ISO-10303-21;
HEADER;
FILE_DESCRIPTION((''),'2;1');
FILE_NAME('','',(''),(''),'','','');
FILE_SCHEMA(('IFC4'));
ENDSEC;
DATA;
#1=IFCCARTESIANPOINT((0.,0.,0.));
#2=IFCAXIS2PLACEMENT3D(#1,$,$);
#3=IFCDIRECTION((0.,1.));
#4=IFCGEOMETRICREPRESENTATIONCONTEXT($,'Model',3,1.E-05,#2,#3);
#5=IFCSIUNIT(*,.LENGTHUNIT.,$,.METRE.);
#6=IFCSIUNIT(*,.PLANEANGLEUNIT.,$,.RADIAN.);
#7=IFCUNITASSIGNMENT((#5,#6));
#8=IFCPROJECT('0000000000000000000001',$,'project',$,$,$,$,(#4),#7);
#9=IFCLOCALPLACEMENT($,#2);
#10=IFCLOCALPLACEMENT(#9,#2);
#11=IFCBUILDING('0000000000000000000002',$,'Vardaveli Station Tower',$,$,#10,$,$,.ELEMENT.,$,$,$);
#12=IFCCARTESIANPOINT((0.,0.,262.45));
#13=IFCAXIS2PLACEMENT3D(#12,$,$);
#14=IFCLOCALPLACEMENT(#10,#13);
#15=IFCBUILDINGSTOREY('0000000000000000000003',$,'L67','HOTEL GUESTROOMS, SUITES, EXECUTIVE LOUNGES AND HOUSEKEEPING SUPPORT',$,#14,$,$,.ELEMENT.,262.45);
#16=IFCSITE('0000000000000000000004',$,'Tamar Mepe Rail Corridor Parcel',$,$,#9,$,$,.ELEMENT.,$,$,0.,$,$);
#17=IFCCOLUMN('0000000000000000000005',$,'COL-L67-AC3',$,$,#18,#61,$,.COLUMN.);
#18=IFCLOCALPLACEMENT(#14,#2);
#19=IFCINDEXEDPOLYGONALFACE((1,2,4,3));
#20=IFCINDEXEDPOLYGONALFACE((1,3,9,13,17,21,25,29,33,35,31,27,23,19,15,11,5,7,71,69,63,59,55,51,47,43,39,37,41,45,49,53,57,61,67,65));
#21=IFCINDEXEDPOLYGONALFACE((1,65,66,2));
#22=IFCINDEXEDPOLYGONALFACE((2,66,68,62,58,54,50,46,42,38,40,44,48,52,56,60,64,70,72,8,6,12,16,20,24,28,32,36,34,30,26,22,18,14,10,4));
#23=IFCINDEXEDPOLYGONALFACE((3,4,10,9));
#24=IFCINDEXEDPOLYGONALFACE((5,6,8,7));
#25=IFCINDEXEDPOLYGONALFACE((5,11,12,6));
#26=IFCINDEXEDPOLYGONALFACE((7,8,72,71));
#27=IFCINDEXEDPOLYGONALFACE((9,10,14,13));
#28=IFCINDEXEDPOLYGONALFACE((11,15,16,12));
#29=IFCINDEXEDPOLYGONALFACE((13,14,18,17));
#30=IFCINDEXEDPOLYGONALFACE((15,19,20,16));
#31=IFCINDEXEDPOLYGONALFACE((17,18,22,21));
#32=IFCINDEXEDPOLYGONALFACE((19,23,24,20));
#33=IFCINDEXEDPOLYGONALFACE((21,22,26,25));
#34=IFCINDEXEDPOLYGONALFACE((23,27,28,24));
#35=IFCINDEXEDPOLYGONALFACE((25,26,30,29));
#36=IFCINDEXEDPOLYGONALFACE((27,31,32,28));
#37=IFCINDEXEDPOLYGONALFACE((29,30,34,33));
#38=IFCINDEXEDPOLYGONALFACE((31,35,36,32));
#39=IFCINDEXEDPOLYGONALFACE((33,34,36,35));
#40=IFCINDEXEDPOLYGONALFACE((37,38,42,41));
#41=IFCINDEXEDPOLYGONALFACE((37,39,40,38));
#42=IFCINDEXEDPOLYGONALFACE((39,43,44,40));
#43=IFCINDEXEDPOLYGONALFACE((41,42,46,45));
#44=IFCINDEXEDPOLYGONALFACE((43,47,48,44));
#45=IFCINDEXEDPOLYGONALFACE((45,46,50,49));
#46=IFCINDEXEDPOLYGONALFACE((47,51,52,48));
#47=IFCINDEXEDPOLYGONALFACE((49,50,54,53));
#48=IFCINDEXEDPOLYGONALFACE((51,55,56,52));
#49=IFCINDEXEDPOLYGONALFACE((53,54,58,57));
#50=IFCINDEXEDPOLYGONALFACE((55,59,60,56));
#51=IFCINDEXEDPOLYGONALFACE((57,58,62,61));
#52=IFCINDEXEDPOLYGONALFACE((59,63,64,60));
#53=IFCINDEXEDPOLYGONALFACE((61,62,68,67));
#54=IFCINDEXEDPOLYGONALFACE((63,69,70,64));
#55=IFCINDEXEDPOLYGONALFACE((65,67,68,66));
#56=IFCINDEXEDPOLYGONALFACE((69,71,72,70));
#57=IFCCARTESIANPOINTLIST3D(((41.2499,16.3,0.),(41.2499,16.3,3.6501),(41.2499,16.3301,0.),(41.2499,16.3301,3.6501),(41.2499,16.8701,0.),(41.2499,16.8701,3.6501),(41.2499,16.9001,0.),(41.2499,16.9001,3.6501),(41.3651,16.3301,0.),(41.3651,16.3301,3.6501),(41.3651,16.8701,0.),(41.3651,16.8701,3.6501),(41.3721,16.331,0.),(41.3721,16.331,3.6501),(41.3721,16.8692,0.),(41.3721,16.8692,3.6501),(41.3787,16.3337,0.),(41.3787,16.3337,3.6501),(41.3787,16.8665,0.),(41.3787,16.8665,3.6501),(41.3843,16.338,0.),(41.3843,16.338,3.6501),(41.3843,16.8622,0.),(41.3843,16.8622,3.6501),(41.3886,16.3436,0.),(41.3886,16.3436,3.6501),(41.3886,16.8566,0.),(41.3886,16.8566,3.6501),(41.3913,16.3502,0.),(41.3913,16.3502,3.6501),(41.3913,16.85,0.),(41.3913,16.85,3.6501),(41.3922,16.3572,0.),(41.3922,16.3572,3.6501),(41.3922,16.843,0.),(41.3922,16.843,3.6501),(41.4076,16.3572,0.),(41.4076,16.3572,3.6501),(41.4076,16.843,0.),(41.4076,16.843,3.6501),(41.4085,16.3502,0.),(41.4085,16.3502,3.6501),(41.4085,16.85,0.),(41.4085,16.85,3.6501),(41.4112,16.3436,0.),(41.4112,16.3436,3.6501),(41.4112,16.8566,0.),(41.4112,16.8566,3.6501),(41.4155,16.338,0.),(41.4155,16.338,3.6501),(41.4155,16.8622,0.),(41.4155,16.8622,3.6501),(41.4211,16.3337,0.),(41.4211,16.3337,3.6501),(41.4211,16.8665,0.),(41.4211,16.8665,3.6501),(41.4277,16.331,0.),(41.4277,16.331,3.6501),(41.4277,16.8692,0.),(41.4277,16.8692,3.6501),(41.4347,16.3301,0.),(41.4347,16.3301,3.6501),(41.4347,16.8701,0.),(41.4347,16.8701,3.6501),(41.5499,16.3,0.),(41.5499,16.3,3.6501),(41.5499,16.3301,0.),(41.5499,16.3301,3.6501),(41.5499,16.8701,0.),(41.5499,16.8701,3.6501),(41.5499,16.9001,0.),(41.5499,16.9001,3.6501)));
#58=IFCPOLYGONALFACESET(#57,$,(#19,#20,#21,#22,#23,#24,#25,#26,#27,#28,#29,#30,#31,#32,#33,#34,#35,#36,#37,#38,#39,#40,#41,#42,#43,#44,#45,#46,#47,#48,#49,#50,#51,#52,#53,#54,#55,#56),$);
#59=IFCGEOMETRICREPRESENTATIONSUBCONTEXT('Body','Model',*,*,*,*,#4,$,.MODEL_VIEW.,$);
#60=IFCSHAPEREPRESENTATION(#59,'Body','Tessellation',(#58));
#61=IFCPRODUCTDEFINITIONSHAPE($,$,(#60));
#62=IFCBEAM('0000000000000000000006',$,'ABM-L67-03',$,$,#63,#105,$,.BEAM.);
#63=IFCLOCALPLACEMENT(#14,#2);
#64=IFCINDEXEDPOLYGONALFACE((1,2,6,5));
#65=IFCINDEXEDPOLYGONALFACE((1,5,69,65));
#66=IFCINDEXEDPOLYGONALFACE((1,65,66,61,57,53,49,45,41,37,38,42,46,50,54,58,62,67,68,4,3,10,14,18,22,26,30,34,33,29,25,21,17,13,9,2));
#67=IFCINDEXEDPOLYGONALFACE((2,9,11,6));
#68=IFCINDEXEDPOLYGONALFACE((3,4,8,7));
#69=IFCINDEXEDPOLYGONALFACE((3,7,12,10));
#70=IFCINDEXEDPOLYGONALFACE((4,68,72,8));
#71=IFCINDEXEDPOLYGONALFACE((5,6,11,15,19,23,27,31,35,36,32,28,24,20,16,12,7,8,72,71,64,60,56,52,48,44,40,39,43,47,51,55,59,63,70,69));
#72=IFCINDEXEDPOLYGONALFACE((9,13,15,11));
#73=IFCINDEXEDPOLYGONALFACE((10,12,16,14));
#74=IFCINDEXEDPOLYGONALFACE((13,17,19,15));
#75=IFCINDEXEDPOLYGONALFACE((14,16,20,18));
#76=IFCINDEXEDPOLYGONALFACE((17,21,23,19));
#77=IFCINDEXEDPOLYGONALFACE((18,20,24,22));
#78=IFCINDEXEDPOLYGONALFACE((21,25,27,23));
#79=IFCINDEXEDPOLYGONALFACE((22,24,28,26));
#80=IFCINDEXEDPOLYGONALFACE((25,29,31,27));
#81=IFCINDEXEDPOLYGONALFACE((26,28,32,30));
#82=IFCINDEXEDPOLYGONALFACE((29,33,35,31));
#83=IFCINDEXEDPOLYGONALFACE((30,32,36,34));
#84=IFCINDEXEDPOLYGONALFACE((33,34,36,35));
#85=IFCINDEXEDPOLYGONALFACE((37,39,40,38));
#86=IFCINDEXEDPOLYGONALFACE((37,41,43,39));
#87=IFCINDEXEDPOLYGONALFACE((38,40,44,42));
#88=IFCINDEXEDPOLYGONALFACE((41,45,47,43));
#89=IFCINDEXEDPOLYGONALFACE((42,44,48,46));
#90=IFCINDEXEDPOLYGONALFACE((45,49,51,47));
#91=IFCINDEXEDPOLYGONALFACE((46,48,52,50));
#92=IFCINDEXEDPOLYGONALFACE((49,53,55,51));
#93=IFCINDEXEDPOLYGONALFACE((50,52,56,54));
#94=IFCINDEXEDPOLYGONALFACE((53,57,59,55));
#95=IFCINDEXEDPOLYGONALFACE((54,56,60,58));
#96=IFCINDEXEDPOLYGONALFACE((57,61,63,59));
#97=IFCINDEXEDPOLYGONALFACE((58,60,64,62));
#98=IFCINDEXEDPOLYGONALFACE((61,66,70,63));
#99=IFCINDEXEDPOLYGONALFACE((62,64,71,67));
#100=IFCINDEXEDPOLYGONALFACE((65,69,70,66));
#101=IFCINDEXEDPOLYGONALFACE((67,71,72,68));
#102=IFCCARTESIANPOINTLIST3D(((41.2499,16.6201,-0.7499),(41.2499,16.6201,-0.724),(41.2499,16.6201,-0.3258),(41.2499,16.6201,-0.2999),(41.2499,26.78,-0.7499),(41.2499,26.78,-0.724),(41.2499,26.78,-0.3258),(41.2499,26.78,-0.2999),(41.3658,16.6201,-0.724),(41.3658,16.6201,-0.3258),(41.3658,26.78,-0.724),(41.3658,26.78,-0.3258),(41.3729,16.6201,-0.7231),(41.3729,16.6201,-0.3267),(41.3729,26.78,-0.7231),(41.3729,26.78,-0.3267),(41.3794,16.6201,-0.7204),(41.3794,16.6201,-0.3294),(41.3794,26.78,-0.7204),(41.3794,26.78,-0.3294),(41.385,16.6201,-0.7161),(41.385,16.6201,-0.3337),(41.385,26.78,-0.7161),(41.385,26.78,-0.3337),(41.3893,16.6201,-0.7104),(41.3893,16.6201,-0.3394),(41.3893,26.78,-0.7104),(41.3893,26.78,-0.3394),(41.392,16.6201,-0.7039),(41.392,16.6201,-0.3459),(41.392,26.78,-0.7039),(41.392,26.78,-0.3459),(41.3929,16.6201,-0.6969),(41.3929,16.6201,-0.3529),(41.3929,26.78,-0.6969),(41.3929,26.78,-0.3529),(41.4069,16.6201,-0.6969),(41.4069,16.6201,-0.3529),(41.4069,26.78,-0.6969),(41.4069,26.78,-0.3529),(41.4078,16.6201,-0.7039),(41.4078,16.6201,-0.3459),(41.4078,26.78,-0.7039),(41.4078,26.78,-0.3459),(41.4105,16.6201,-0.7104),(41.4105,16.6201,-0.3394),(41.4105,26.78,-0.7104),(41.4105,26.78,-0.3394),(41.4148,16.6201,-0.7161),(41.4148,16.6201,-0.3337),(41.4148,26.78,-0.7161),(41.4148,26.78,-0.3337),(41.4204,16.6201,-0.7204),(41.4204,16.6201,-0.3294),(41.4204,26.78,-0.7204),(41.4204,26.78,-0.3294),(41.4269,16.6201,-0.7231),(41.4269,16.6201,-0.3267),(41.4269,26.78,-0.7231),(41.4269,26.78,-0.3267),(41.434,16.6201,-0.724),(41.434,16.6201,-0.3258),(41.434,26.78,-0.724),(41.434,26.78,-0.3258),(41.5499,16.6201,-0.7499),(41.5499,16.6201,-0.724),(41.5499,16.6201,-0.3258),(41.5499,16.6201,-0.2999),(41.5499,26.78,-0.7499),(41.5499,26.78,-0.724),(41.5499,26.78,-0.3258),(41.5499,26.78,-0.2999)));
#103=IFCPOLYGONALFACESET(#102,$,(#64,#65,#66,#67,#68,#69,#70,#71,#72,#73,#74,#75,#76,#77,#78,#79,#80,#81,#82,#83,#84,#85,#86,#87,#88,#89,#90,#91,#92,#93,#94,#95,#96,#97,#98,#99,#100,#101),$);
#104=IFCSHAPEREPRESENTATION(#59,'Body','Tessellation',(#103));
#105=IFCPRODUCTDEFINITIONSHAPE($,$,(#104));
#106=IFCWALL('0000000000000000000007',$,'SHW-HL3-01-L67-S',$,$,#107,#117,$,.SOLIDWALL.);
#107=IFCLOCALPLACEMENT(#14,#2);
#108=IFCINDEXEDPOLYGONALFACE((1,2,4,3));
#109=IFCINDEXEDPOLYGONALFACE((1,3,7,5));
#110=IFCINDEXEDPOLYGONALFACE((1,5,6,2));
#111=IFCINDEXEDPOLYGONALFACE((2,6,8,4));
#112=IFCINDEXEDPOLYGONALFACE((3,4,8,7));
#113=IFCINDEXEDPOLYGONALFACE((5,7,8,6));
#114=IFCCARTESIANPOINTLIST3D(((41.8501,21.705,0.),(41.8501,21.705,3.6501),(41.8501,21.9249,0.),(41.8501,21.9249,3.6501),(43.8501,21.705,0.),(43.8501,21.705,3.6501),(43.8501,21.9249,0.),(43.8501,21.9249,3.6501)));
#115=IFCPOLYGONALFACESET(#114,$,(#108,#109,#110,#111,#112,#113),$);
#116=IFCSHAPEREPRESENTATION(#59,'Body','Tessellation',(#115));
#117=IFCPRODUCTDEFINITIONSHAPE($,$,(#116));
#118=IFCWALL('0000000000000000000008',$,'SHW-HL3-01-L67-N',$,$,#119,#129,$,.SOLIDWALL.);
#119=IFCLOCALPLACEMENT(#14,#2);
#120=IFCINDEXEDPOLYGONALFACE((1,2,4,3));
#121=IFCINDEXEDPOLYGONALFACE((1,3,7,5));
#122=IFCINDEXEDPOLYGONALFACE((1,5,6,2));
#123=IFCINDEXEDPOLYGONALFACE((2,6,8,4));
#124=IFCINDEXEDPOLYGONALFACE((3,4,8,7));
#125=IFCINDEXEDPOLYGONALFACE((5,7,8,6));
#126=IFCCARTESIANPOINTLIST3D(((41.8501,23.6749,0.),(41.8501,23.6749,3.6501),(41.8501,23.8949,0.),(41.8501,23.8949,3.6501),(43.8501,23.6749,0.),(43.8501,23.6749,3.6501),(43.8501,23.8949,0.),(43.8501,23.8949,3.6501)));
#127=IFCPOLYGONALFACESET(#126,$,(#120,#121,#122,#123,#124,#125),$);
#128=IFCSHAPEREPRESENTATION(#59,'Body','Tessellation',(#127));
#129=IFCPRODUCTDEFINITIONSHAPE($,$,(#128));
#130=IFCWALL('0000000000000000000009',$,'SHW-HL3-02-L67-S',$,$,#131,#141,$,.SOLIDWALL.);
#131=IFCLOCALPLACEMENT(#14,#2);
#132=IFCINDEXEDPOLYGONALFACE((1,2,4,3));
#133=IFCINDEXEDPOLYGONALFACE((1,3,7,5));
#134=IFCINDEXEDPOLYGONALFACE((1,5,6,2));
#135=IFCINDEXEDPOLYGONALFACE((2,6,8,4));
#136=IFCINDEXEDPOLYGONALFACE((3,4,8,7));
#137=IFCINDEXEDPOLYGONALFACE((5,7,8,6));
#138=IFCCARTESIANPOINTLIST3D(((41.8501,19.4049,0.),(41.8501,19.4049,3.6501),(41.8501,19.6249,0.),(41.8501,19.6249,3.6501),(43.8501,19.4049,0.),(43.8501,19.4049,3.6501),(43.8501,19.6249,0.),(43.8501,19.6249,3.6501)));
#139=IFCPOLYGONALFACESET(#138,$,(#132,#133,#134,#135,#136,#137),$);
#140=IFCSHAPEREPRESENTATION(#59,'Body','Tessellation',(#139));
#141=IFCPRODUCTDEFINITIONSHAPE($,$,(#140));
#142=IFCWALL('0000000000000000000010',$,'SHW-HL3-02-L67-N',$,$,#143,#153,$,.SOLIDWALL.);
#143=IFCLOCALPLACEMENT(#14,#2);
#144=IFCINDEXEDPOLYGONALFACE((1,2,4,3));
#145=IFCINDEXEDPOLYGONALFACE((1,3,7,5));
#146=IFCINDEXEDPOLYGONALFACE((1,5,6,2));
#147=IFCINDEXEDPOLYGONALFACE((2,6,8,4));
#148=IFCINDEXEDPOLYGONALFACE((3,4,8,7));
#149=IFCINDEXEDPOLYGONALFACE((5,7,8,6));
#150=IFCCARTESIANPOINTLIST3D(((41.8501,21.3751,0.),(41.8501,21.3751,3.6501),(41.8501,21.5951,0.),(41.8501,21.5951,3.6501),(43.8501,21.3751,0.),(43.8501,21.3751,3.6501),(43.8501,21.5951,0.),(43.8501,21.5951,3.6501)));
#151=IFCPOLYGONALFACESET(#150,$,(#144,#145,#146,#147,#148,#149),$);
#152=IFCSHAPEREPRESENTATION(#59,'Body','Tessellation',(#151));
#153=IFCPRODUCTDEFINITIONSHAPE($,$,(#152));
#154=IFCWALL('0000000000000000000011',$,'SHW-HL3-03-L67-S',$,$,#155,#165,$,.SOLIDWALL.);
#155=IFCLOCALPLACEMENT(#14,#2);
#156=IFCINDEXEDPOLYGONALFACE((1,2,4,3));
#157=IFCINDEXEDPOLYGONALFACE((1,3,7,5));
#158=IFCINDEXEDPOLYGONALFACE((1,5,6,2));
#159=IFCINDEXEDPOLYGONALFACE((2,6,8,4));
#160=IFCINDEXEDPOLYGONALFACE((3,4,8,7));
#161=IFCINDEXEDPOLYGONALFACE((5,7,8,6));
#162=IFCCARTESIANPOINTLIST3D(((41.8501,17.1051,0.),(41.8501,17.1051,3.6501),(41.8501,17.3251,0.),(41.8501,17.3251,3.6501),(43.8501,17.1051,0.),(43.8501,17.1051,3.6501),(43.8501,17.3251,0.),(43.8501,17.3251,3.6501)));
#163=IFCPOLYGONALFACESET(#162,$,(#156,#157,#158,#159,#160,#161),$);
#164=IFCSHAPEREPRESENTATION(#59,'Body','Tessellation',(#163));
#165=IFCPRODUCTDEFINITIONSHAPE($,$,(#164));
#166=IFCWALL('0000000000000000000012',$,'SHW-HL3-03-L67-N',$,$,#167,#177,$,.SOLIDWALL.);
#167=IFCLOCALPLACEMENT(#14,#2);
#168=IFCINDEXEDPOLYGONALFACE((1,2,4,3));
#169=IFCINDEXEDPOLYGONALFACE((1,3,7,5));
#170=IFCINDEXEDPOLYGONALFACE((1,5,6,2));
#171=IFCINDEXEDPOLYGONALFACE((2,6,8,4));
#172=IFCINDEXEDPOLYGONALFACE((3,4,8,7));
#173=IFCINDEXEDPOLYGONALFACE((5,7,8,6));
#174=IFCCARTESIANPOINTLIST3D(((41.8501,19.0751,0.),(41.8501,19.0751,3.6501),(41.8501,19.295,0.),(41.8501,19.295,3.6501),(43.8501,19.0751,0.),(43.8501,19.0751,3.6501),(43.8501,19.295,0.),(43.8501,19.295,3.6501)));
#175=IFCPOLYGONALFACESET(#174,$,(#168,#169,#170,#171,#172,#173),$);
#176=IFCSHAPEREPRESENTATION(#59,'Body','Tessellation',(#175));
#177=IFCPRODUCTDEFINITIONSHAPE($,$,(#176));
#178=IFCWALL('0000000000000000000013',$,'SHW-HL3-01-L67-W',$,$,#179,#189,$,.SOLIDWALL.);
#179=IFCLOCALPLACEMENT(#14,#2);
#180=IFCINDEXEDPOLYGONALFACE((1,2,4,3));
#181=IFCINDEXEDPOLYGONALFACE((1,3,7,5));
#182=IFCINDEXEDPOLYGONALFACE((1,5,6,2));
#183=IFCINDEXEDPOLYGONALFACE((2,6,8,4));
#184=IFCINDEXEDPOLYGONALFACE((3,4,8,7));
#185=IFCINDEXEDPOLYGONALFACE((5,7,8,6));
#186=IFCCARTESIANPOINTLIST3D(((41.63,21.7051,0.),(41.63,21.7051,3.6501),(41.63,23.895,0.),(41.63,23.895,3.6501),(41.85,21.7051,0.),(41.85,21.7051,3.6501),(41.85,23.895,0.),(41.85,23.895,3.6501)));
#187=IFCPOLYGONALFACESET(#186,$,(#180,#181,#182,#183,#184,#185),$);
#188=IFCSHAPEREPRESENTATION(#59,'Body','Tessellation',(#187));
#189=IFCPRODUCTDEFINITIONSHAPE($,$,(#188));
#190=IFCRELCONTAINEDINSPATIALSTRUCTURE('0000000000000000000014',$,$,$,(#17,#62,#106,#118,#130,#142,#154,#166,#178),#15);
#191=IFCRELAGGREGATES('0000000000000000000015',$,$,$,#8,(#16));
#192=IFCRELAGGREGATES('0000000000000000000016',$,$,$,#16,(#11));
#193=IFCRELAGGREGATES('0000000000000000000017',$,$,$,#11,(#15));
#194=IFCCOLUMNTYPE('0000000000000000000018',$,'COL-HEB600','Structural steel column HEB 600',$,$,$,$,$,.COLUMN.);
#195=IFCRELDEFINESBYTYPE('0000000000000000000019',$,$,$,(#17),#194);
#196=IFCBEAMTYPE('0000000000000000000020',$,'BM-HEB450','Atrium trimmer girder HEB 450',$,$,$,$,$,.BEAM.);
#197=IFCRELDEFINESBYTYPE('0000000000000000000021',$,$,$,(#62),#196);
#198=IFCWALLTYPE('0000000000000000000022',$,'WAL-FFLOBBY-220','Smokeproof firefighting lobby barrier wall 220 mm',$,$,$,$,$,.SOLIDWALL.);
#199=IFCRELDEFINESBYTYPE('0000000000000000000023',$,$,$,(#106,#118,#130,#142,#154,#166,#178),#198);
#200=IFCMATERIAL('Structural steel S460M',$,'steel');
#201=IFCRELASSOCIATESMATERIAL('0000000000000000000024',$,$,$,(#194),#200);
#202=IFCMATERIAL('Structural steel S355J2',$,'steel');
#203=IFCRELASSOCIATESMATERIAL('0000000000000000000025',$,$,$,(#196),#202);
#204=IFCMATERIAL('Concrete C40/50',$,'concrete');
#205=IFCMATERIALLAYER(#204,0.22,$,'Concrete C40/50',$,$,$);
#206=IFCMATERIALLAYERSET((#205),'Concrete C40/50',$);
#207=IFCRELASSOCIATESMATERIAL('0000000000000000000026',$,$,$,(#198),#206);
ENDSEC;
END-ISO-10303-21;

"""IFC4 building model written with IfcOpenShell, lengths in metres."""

from ifc_helpers import new_model, si_unit, direction, frame, frame_2d, origin, origin_2d, place, context, subcontext, project, spatial, rectangle, i_section, extrude, source, transform, mapped, material, layer, layer_set, material_profile, profile_set, type_object, element, save


model = new_model("IFC4")

# Units and contexts
model_context = context("Model", 3, precision=1e-05, world=origin(), true_north=direction((0.0, 1.0)))
body_context = subcontext(model_context, "Body", "Model", "MODEL_VIEW")
ifc_project = project(units=[si_unit("LENGTHUNIT", "METRE"), si_unit("PLANEANGLEUNIT", "RADIAN")], contexts=[model_context])

# Site, building, storey
site_placement = place(None, origin())
site = spatial("IfcSite", under=ifc_project, at=site_placement, Name="Tamar Mepe Rail Corridor Parcel", CompositionType="ELEMENT", RefElevation=0.0)
building_placement = place(site_placement, origin())
building = spatial("IfcBuilding", under=site, at=building_placement, Name="Vardaveli Station Tower", CompositionType="ELEMENT")
storey_placement = place(building_placement, frame((0.0, 0.0, 262.45)))
storey = spatial("IfcBuildingStorey", under=building, at=storey_placement, Name="L67", Description="HOTEL GUESTROOMS, SUITES, EXECUTIVE LOUNGES AND HOUSEKEEPING SUPPORT", CompositionType="ELEMENT", Elevation=262.45)

# Column
ifc_material_1 = material(Name="Structural steel S460M", Category="steel")
ifc_material_profile_1 = material_profile(ifc_material_1, i_section(OverallWidth=0.3, OverallDepth=0.6001, WebThickness=0.0154, FlangeThickness=0.03, FilletRadius=0.0271, at=origin_2d()), Name="HEB 600")
ifc_profile_set_1 = profile_set([ifc_material_profile_1], Name="Structural steel S460M")
column_type = type_object("IfcColumnType", Name="COL-HEB600", Description="Structural steel column HEB 600", PredefinedType="COLUMN", material=ifc_profile_set_1)
shared_shape_1 = source(origin(), body_context, "Body", "SweptSolid", [
    extrude(i_section(OverallWidth=0.3, OverallDepth=0.6001, WebThickness=0.0154, FlangeThickness=0.03, FilletRadius=0.0271, at=origin_2d()), origin(), (0.0, 0.0, 1.0), 3.6501),
])
column_placement = place(storey_placement, frame((41.3999, 16.6001, 0.0), z_axis=(0.0, 0.0, 1.0), x_axis=(1.0, 0.0, 0.0)))
element("IfcColumn", 1, at=column_placement, inside=storey, type_object=column_type, Name="COL-L67-AC3", PredefinedType="COLUMN", context=body_context, shape_type="MappedRepresentation", body=[
    mapped(shared_shape_1, transform((0.0, 0.0, 0.0), scale=1.0)),
])

# Beam
ifc_material_2 = material(Name="Structural steel S355J2", Category="steel")
ifc_material_profile_2 = material_profile(ifc_material_2, i_section(OverallWidth=0.3, OverallDepth=0.45, WebThickness=0.0139, FlangeThickness=0.0259, FilletRadius=0.0271, at=origin_2d()), Name="HEB 450")
ifc_profile_set_2 = profile_set([ifc_material_profile_2], Name="Structural steel S355J2")
beam_type = type_object("IfcBeamType", Name="BM-HEB450", Description="Atrium trimmer girder HEB 450", PredefinedType="BEAM", material=ifc_profile_set_2)
shared_shape_2 = source(origin(), body_context, "Body", "SweptSolid", [
    extrude(i_section(OverallWidth=0.3, OverallDepth=0.45, WebThickness=0.0139, FlangeThickness=0.0259, FilletRadius=0.0271, at=origin_2d()), origin(), (0.0, 0.0, 1.0), 10.1599),
])
beam_placement = place(storey_placement, frame((41.3999, 16.6201, -0.5249), z_axis=(0.0, 1.0, 0.0), x_axis=(-1.0, 0.0, 0.0)))
element("IfcBeam", 2, at=beam_placement, inside=storey, type_object=beam_type, Name="ABM-L67-03", PredefinedType="BEAM", context=body_context, shape_type="MappedRepresentation", body=[
    mapped(shared_shape_2, transform((0.0, 0.0, 0.0), scale=1.0)),
])

# Walls
ifc_material_3 = material(Name="Concrete C40/50", Category="concrete")
ifc_layer_1 = layer(ifc_material_3, 0.22, Name="Concrete C40/50")
ifc_layer_set_1 = layer_set([ifc_layer_1], Name="Concrete C40/50")
wall_type_1 = type_object("IfcWallType", Name="WAL-FFLOBBY-220", Description="Smokeproof firefighting lobby barrier wall 220 mm", PredefinedType="SOLIDWALL", material=ifc_layer_set_1)
shared_shape_3 = source(origin(), body_context, "Body", "SweptSolid", [
    extrude(rectangle(XDim=2.0, YDim=0.22, at=frame_2d((1.0, 0.0))), origin(), (0.0, 0.0, 1.0), 3.6501),
])
for number, where, z_axis, x_axis, name in (
    (3, (41.8501, 21.8149, 0.0), (0.0, 0.0, 1.0), (1.0, 0.0, 0.0), "SHW-HL3-01-L67-S"),
    (4, (41.8501, 23.7849, 0.0), (0.0, 0.0, 1.0), (1.0, 0.0, 0.0), "SHW-HL3-01-L67-N"),
    (5, (41.8501, 19.5149, 0.0), (0.0, 0.0, 1.0), (1.0, 0.0, 0.0), "SHW-HL3-02-L67-S"),
    (6, (41.8501, 21.4851, 0.0), (0.0, 0.0, 1.0), (1.0, 0.0, 0.0), "SHW-HL3-02-L67-N"),
    (7, (41.8501, 17.2151, 0.0), (0.0, 0.0, 1.0), (1.0, 0.0, 0.0), "SHW-HL3-03-L67-S"),
    (8, (41.8501, 19.1851, 0.0), (0.0, 0.0, 1.0), (1.0, 0.0, 0.0), "SHW-HL3-03-L67-N"),
):
    element("IfcWall", number, at=place(storey_placement, frame(where, z_axis=z_axis, x_axis=x_axis)), inside=storey, type_object=wall_type_1, Name=name, PredefinedType="SOLIDWALL", context=body_context, shape_type="MappedRepresentation", body=[
        mapped(shared_shape_3, transform((0.0, 0.0, 0.0), scale=1.0)),
    ])
shared_shape_4 = source(origin(), body_context, "Body", "SweptSolid", [
    extrude(rectangle(XDim=2.1899, YDim=0.22, at=frame_2d((1.095, 0.0))), origin(), (0.0, 0.0, 1.0), 3.6501),
])
wall_1_placement = place(storey_placement, frame((41.74, 21.7051, 0.0), z_axis=(0.0, 0.0, 1.0), x_axis=(0.0, 1.0, 0.0)))
element("IfcWall", 9, at=wall_1_placement, inside=storey, type_object=wall_type_1, Name="SHW-HL3-01-L67-W", PredefinedType="SOLIDWALL", context=body_context, shape_type="MappedRepresentation", body=[
    mapped(shared_shape_4, transform((0.0, 0.0, 0.0), scale=1.0)),
])

save(model, "model.ifc")
